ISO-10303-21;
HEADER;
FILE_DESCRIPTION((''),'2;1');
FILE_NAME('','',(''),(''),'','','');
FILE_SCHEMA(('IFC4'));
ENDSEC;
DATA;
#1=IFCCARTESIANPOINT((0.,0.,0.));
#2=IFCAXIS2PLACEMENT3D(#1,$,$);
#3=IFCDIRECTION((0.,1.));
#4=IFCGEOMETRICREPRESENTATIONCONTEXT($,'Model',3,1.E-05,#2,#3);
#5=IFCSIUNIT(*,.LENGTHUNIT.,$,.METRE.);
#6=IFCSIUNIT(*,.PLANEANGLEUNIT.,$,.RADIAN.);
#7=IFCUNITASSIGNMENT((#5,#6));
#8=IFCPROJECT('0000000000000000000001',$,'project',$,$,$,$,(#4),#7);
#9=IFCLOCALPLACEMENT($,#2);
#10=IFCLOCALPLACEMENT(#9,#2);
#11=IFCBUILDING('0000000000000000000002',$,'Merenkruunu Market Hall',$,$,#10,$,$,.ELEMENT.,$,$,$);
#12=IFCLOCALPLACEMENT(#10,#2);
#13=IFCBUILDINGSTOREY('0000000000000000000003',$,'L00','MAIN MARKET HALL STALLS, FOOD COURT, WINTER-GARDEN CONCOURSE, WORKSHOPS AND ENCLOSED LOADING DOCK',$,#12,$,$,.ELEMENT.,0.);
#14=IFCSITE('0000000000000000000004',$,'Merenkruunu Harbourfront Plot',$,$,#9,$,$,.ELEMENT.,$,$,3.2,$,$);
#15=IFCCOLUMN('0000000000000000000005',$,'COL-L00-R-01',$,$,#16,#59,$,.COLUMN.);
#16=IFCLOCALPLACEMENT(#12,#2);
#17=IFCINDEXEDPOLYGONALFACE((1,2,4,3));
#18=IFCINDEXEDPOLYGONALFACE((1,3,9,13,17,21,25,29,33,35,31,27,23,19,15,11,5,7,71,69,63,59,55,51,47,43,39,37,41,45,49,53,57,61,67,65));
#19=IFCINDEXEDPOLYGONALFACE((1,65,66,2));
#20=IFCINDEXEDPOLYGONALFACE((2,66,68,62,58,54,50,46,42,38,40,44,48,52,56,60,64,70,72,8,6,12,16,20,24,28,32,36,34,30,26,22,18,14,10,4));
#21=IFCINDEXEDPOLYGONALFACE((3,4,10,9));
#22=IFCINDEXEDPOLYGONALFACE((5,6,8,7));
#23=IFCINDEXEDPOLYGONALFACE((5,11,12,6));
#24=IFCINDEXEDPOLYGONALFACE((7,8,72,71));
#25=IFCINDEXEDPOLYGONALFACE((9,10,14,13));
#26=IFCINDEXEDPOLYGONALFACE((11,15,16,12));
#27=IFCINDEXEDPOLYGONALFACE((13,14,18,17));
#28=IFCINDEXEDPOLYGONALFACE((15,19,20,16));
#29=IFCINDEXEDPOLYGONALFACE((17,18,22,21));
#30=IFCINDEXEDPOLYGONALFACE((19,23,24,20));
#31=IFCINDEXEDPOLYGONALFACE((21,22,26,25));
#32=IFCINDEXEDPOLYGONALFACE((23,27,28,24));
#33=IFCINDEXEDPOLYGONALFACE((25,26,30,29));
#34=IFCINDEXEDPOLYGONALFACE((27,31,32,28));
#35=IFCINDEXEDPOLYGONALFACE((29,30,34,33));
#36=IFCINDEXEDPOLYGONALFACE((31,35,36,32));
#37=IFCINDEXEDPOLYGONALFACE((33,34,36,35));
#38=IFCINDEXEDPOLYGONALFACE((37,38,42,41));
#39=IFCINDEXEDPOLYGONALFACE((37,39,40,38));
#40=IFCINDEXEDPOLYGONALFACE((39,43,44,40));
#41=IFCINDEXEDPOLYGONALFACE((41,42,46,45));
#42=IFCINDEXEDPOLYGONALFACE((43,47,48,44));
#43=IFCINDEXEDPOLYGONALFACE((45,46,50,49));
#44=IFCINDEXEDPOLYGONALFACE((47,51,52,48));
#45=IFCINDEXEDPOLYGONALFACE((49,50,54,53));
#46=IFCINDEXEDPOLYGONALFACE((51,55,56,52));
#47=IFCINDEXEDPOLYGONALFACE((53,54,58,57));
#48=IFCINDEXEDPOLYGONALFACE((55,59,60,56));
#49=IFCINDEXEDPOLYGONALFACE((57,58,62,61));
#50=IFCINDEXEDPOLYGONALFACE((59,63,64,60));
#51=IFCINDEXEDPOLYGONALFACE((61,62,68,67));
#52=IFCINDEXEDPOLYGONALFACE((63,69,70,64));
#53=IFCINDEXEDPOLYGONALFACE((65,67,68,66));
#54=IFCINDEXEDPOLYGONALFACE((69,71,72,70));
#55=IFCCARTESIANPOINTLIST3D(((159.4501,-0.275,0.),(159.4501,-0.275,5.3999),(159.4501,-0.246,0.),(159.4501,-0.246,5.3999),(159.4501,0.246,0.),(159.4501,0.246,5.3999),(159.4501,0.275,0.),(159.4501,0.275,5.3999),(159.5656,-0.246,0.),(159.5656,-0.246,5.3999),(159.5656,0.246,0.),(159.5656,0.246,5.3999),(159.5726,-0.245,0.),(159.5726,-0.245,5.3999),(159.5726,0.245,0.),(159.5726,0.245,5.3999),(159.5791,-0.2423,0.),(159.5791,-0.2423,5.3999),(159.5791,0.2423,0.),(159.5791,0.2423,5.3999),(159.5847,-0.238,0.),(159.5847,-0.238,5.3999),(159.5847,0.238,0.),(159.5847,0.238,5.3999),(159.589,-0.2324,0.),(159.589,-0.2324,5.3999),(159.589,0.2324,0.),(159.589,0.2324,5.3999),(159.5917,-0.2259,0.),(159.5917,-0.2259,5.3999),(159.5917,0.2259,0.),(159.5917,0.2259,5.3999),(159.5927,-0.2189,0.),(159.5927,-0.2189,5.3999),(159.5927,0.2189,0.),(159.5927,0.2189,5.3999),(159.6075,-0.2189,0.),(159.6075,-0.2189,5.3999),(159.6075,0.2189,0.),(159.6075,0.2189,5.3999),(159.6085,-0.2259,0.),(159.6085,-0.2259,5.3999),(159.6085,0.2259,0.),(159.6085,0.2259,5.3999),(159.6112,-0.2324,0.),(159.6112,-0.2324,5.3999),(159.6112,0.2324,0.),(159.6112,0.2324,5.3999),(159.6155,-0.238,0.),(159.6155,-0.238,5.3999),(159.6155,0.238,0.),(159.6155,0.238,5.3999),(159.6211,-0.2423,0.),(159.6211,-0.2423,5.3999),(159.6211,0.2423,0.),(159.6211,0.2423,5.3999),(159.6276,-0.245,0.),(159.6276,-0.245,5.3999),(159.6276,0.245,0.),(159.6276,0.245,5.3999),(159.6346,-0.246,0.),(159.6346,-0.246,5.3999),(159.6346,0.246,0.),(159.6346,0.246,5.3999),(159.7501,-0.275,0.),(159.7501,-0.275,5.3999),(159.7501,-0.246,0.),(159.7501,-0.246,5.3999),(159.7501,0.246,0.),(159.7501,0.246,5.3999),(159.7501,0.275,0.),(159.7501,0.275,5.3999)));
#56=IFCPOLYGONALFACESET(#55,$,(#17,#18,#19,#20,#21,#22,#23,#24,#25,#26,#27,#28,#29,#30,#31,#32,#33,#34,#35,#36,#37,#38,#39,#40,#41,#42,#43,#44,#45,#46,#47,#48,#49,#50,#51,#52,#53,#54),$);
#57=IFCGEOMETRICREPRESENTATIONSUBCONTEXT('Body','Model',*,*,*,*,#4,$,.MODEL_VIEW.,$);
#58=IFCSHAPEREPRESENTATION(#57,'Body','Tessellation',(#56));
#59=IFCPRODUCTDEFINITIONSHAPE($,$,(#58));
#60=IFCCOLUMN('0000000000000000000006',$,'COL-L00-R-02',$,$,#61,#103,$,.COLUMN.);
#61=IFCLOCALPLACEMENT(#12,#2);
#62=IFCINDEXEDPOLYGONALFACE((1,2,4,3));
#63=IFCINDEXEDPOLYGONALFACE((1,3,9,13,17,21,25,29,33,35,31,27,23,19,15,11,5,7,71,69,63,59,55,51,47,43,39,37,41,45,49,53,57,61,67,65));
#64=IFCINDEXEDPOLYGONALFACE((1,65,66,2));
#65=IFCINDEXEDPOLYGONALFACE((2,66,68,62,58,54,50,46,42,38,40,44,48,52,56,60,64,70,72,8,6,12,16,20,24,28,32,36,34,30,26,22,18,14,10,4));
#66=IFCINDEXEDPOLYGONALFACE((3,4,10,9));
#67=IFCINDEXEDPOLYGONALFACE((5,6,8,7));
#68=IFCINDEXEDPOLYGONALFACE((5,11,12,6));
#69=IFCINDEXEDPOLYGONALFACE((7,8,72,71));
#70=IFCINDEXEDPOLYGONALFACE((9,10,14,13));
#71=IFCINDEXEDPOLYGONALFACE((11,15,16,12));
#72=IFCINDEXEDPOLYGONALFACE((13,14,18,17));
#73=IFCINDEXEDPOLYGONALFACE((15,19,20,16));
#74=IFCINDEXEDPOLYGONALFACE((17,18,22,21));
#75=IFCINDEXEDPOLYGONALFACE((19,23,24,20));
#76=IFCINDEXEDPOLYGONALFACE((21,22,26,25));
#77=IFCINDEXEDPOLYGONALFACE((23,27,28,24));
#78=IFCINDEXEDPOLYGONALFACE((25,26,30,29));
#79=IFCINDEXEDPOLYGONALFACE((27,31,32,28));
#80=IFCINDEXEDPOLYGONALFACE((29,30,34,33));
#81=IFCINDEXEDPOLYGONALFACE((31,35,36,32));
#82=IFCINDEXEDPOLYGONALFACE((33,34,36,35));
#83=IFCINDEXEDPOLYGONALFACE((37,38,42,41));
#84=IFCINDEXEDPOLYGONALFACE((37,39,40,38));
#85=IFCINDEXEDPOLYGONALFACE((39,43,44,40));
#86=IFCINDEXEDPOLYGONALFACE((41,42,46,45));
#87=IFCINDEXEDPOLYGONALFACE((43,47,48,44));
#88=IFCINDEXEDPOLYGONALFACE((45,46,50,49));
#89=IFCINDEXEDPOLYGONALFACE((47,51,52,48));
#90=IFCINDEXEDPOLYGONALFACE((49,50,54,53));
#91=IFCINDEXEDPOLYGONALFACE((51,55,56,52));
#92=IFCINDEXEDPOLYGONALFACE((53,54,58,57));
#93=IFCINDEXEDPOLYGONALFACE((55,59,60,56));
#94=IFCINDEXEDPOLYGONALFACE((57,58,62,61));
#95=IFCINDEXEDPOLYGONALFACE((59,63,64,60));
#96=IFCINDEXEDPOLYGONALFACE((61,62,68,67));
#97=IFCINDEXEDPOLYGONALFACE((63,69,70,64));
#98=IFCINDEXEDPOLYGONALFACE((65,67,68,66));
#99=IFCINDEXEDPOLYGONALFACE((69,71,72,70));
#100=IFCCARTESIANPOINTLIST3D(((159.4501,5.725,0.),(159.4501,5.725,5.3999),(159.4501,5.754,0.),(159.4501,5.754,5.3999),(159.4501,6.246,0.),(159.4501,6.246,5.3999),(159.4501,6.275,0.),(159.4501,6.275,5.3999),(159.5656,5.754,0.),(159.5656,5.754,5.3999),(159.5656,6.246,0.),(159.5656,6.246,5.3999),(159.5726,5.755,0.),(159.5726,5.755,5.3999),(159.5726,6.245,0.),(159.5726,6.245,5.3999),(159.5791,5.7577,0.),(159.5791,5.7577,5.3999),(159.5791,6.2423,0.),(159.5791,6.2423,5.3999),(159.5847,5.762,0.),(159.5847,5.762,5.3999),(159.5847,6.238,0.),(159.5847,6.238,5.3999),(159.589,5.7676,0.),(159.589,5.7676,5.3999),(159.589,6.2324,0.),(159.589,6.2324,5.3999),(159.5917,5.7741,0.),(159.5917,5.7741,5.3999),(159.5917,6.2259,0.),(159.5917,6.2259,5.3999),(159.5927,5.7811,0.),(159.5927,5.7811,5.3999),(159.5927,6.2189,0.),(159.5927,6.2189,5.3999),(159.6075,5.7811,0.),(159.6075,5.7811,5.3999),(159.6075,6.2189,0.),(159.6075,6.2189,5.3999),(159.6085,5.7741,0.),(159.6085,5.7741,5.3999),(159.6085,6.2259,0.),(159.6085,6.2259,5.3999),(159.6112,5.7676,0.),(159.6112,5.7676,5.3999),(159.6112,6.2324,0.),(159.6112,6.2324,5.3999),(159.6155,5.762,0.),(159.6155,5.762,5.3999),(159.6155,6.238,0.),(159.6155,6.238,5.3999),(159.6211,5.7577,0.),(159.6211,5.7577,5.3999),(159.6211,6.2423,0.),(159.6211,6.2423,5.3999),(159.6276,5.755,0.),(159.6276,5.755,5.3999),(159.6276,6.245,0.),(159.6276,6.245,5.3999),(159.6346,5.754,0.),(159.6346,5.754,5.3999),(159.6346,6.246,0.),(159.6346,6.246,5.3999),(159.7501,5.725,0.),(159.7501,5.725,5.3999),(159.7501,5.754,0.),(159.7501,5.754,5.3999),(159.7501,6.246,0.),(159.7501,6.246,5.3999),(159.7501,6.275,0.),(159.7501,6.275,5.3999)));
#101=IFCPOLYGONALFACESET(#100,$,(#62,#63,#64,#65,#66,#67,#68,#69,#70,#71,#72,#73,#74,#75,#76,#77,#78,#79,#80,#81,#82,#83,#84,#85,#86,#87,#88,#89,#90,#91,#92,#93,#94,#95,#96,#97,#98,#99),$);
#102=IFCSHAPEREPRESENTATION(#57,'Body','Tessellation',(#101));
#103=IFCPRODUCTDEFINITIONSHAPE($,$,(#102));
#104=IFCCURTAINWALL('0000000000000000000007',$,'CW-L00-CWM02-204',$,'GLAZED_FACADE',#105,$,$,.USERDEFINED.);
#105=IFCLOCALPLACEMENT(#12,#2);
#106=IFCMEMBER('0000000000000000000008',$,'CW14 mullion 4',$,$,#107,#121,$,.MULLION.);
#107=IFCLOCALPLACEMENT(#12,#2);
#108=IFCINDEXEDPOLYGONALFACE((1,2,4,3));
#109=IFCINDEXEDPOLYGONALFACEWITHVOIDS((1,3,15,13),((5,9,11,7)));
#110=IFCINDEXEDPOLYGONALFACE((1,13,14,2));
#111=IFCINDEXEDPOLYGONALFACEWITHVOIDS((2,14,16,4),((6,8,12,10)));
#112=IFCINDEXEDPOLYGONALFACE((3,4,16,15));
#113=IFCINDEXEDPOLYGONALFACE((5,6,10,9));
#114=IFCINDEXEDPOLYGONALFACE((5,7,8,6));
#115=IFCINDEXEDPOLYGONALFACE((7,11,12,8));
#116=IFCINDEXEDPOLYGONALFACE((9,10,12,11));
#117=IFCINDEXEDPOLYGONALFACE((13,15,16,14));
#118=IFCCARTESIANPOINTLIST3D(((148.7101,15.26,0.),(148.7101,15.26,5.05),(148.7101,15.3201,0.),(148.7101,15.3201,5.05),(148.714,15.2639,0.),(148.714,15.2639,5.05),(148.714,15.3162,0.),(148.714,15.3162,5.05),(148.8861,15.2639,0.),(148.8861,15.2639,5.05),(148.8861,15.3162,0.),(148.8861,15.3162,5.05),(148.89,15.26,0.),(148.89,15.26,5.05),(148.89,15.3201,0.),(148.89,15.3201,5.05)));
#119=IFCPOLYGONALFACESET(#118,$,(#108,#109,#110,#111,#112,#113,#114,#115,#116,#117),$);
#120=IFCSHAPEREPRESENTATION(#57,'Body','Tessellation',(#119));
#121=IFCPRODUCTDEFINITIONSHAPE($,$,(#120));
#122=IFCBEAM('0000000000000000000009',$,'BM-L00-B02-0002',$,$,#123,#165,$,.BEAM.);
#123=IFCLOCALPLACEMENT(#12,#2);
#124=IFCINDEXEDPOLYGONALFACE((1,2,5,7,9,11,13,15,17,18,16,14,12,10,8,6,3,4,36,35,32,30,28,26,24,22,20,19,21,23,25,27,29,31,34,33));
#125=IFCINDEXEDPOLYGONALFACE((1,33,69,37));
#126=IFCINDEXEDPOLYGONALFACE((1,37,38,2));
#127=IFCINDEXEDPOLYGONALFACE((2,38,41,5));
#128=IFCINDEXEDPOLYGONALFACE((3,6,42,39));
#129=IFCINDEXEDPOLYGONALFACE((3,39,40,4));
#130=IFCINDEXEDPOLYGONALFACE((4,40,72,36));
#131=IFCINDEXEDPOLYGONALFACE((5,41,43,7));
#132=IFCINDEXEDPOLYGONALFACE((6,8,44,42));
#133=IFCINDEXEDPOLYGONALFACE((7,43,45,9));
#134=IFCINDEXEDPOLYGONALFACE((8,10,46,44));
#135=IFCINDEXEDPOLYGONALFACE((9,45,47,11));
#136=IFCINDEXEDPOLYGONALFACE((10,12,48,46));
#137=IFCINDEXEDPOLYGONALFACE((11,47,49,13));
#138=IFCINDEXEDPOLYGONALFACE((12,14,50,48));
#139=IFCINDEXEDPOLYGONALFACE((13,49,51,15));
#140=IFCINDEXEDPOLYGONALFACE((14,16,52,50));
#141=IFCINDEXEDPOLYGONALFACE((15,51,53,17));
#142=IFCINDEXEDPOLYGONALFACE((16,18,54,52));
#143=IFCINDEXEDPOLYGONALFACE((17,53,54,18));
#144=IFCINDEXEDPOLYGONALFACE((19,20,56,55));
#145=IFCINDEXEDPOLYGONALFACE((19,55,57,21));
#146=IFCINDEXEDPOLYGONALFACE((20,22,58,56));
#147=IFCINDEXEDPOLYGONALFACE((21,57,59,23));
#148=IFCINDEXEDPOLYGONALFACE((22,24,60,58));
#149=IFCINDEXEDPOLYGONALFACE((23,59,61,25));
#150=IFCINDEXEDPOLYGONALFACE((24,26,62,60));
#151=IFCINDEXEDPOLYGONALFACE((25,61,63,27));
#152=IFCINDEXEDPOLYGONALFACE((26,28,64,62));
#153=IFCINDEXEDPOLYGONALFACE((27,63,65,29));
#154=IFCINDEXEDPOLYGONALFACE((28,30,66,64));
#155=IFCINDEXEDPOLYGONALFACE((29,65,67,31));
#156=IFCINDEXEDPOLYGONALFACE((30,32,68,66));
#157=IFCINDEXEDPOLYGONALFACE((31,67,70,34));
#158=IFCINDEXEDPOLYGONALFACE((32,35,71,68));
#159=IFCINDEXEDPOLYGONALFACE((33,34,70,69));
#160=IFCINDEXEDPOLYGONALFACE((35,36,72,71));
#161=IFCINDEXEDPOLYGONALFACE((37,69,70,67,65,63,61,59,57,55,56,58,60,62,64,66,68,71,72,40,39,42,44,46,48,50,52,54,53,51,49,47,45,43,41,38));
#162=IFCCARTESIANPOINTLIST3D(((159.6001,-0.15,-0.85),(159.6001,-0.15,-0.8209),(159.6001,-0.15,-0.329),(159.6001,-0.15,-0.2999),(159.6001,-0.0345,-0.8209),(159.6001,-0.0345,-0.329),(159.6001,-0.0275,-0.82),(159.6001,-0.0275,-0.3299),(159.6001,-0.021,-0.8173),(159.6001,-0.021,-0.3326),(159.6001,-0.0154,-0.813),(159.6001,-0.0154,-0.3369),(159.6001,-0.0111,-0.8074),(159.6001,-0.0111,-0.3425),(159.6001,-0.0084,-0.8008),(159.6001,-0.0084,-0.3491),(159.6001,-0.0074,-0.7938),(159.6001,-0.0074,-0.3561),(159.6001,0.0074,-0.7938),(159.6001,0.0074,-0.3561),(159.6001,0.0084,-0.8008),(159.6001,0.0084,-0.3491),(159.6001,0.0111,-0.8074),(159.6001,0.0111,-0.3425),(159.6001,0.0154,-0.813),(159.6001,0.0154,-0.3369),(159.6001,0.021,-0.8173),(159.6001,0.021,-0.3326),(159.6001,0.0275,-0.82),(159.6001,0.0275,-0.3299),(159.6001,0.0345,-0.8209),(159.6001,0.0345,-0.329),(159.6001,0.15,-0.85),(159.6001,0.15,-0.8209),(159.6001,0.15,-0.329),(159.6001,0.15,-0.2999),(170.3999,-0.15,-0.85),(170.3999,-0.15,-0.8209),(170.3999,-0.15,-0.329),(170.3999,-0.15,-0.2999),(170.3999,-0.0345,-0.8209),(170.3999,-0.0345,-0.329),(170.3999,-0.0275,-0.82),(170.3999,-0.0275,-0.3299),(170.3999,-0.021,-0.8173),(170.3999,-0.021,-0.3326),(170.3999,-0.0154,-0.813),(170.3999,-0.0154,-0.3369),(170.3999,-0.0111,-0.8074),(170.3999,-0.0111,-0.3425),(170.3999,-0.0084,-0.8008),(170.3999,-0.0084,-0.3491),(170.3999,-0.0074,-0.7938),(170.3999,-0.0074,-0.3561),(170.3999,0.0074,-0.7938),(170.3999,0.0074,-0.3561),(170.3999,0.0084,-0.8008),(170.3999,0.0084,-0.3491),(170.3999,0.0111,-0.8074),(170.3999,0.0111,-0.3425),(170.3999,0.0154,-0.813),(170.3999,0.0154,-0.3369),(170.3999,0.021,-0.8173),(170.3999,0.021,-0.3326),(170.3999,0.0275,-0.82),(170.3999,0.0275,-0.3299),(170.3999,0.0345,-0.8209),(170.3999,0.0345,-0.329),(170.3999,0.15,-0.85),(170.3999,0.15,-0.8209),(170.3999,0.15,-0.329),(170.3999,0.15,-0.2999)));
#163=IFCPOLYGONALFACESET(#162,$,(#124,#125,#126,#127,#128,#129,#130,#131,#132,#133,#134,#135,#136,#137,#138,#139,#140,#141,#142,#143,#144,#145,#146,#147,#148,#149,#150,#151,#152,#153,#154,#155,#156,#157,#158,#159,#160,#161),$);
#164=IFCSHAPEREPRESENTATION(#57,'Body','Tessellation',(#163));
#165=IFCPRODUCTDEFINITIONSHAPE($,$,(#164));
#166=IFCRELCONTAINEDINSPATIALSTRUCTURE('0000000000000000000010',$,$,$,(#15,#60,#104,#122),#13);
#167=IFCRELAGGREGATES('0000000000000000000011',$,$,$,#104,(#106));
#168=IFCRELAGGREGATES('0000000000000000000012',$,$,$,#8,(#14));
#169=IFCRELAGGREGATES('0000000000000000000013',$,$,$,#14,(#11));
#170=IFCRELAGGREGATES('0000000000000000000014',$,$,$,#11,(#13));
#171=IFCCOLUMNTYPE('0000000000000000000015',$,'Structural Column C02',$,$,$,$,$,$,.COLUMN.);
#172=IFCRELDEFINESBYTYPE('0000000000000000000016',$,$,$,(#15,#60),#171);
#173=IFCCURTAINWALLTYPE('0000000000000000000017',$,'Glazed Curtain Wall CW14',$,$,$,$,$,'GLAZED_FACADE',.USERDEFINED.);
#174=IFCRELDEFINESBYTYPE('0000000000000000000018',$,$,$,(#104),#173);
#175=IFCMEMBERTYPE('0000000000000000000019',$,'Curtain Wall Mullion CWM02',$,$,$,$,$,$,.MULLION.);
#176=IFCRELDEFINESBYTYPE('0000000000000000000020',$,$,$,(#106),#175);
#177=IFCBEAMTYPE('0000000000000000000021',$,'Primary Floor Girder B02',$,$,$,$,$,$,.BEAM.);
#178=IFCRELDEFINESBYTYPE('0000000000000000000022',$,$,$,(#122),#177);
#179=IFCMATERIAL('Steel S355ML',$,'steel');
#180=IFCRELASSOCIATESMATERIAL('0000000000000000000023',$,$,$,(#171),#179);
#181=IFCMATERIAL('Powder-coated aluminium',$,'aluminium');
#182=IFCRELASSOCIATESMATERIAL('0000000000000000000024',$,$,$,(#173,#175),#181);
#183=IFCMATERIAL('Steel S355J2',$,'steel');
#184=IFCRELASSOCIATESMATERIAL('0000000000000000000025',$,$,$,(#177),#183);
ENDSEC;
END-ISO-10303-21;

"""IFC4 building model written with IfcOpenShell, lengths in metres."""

from ifc_helpers import new_model, si_unit, direction, frame, origin, origin_2d, place, context, subcontext, project, spatial, hollow_rectangle, i_section, extrude, material, material_profile, profile_set, type_object, element, aggregate, save


model = new_model("IFC4")

# Units and contexts
model_context = context("Model", 3, precision=1e-05, world=origin(), true_north=direction((0.0, 1.0)))
body_context = subcontext(model_context, "Body", "Model", "MODEL_VIEW")
ifc_project = project(units=[si_unit("LENGTHUNIT", "METRE"), si_unit("PLANEANGLEUNIT", "RADIAN")], contexts=[model_context])

# Site, building, storey
site_placement = place(None, origin())
site = spatial("IfcSite", under=ifc_project, at=site_placement, Name="Merenkruunu Harbourfront Plot", CompositionType="ELEMENT", RefElevation=3.2)
building_placement = place(site_placement, origin())
building = spatial("IfcBuilding", under=site, at=building_placement, Name="Merenkruunu Market Hall", CompositionType="ELEMENT")
storey_placement = place(building_placement, origin())
storey = spatial("IfcBuildingStorey", under=building, at=storey_placement, Name="L00", Description="MAIN MARKET HALL STALLS, FOOD COURT, WINTER-GARDEN CONCOURSE, WORKSHOPS AND ENCLOSED LOADING DOCK", CompositionType="ELEMENT", Elevation=0.0)

# Columns
ifc_material_1 = material(Name="Steel S355ML", Category="steel")
ifc_material_profile_1 = material_profile(ifc_material_1, i_section(OverallWidth=0.3, OverallDepth=0.55, WebThickness=0.0149, FlangeThickness=0.0291, FilletRadius=0.0271, at=origin_2d()), Name="HEB 550")
ifc_profile_set_1 = profile_set([ifc_material_profile_1], Name="Steel S355ML")
column_type = type_object("IfcColumnType", Name="Structural Column C02", PredefinedType="COLUMN", material=ifc_profile_set_1)
for number, where, z_axis, x_axis, name in (
    (1, (159.6001, 0.0, 0.0), (0.0, 0.0, 1.0), (1.0, 0.0, 0.0), "COL-L00-R-01"),
    (2, (159.6001, 6.0, 0.0), (0.0, 0.0, 1.0), (1.0, 0.0, 0.0), "COL-L00-R-02"),
):
    element("IfcColumn", number, at=place(storey_placement, frame(where, z_axis=z_axis, x_axis=x_axis)), inside=storey, type_object=column_type, Name=name, PredefinedType="COLUMN", context=body_context, shape_type="SweptSolid", body=[
        extrude(i_section(OverallWidth=0.3, OverallDepth=0.55, WebThickness=0.0149, FlangeThickness=0.0291, FilletRadius=0.0271, at=origin_2d()), origin(), (0.0, 0.0, 1.0), 5.3999),
    ])

# Curtain wall, member
ifc_material_2 = material(Name="Powder-coated aluminium", Category="aluminium")
curtain_wall_type = type_object("IfcCurtainWallType", Name="Glazed Curtain Wall CW14", ElementType="GLAZED_FACADE", PredefinedType="USERDEFINED", material=ifc_material_2)
curtain_wall_placement = place(storey_placement, origin())
curtain_wall = element("IfcCurtainWall", 3, at=curtain_wall_placement, inside=storey, type_object=curtain_wall_type, Name="CW-L00-CWM02-204", ObjectType="GLAZED_FACADE", PredefinedType="USERDEFINED")
ifc_material_profile_2 = material_profile(ifc_material_2, hollow_rectangle(XDim=0.0601, YDim=0.1799, WallThickness=0.0039, at=origin_2d()), Name="ALU 60x180x4")
ifc_profile_set_2 = profile_set([ifc_material_profile_2], Name="Powder-coated aluminium")
member_type = type_object("IfcMemberType", Name="Curtain Wall Mullion CWM02", PredefinedType="MULLION", material=ifc_profile_set_2)
member_placement = place(storey_placement, frame((148.8, 15.29, 0.0), z_axis=(0.0, 0.0, 1.0), x_axis=(0.0, 1.0, 0.0)))
member = element("IfcMember", 4, at=member_placement, type_object=member_type, Name="CW14 mullion 4", PredefinedType="MULLION", context=body_context, shape_type="SweptSolid", body=[
    extrude(hollow_rectangle(XDim=0.0601, YDim=0.1799, WallThickness=0.0039, at=origin_2d()), origin(), (0.0, 0.0, 1.0), 5.05),
])

# Beam
ifc_material_3 = material(Name="Steel S355J2", Category="steel")
ifc_material_profile_3 = material_profile(ifc_material_3, i_section(OverallWidth=0.3, OverallDepth=0.55, WebThickness=0.0149, FlangeThickness=0.0291, FilletRadius=0.0271, at=origin_2d()), Name="HEB 550")
ifc_profile_set_3 = profile_set([ifc_material_profile_3], Name="Steel S355J2")
beam_type_1 = type_object("IfcBeamType", Name="Primary Floor Girder B02", PredefinedType="BEAM", material=ifc_profile_set_3)
for number, where, z_axis, x_axis, name in (
    (5, (159.6001, 0.0, -0.575), (1.0, 0.0, 0.0), (0.0, 1.0, 0.0), "BM-L00-B02-0002"),
):
    element("IfcBeam", number, at=place(storey_placement, frame(where, z_axis=z_axis, x_axis=x_axis)), inside=storey, type_object=beam_type_1, Name=name, PredefinedType="BEAM", context=body_context, shape_type="SweptSolid", body=[
        extrude(i_section(OverallWidth=0.3, OverallDepth=0.55, WebThickness=0.0149, FlangeThickness=0.0291, FilletRadius=0.0271, at=origin_2d()), origin(), (0.0, 0.0, 1.0), 10.7998),
    ])

aggregate(curtain_wall, [member])

save(model, "model.ifc")
